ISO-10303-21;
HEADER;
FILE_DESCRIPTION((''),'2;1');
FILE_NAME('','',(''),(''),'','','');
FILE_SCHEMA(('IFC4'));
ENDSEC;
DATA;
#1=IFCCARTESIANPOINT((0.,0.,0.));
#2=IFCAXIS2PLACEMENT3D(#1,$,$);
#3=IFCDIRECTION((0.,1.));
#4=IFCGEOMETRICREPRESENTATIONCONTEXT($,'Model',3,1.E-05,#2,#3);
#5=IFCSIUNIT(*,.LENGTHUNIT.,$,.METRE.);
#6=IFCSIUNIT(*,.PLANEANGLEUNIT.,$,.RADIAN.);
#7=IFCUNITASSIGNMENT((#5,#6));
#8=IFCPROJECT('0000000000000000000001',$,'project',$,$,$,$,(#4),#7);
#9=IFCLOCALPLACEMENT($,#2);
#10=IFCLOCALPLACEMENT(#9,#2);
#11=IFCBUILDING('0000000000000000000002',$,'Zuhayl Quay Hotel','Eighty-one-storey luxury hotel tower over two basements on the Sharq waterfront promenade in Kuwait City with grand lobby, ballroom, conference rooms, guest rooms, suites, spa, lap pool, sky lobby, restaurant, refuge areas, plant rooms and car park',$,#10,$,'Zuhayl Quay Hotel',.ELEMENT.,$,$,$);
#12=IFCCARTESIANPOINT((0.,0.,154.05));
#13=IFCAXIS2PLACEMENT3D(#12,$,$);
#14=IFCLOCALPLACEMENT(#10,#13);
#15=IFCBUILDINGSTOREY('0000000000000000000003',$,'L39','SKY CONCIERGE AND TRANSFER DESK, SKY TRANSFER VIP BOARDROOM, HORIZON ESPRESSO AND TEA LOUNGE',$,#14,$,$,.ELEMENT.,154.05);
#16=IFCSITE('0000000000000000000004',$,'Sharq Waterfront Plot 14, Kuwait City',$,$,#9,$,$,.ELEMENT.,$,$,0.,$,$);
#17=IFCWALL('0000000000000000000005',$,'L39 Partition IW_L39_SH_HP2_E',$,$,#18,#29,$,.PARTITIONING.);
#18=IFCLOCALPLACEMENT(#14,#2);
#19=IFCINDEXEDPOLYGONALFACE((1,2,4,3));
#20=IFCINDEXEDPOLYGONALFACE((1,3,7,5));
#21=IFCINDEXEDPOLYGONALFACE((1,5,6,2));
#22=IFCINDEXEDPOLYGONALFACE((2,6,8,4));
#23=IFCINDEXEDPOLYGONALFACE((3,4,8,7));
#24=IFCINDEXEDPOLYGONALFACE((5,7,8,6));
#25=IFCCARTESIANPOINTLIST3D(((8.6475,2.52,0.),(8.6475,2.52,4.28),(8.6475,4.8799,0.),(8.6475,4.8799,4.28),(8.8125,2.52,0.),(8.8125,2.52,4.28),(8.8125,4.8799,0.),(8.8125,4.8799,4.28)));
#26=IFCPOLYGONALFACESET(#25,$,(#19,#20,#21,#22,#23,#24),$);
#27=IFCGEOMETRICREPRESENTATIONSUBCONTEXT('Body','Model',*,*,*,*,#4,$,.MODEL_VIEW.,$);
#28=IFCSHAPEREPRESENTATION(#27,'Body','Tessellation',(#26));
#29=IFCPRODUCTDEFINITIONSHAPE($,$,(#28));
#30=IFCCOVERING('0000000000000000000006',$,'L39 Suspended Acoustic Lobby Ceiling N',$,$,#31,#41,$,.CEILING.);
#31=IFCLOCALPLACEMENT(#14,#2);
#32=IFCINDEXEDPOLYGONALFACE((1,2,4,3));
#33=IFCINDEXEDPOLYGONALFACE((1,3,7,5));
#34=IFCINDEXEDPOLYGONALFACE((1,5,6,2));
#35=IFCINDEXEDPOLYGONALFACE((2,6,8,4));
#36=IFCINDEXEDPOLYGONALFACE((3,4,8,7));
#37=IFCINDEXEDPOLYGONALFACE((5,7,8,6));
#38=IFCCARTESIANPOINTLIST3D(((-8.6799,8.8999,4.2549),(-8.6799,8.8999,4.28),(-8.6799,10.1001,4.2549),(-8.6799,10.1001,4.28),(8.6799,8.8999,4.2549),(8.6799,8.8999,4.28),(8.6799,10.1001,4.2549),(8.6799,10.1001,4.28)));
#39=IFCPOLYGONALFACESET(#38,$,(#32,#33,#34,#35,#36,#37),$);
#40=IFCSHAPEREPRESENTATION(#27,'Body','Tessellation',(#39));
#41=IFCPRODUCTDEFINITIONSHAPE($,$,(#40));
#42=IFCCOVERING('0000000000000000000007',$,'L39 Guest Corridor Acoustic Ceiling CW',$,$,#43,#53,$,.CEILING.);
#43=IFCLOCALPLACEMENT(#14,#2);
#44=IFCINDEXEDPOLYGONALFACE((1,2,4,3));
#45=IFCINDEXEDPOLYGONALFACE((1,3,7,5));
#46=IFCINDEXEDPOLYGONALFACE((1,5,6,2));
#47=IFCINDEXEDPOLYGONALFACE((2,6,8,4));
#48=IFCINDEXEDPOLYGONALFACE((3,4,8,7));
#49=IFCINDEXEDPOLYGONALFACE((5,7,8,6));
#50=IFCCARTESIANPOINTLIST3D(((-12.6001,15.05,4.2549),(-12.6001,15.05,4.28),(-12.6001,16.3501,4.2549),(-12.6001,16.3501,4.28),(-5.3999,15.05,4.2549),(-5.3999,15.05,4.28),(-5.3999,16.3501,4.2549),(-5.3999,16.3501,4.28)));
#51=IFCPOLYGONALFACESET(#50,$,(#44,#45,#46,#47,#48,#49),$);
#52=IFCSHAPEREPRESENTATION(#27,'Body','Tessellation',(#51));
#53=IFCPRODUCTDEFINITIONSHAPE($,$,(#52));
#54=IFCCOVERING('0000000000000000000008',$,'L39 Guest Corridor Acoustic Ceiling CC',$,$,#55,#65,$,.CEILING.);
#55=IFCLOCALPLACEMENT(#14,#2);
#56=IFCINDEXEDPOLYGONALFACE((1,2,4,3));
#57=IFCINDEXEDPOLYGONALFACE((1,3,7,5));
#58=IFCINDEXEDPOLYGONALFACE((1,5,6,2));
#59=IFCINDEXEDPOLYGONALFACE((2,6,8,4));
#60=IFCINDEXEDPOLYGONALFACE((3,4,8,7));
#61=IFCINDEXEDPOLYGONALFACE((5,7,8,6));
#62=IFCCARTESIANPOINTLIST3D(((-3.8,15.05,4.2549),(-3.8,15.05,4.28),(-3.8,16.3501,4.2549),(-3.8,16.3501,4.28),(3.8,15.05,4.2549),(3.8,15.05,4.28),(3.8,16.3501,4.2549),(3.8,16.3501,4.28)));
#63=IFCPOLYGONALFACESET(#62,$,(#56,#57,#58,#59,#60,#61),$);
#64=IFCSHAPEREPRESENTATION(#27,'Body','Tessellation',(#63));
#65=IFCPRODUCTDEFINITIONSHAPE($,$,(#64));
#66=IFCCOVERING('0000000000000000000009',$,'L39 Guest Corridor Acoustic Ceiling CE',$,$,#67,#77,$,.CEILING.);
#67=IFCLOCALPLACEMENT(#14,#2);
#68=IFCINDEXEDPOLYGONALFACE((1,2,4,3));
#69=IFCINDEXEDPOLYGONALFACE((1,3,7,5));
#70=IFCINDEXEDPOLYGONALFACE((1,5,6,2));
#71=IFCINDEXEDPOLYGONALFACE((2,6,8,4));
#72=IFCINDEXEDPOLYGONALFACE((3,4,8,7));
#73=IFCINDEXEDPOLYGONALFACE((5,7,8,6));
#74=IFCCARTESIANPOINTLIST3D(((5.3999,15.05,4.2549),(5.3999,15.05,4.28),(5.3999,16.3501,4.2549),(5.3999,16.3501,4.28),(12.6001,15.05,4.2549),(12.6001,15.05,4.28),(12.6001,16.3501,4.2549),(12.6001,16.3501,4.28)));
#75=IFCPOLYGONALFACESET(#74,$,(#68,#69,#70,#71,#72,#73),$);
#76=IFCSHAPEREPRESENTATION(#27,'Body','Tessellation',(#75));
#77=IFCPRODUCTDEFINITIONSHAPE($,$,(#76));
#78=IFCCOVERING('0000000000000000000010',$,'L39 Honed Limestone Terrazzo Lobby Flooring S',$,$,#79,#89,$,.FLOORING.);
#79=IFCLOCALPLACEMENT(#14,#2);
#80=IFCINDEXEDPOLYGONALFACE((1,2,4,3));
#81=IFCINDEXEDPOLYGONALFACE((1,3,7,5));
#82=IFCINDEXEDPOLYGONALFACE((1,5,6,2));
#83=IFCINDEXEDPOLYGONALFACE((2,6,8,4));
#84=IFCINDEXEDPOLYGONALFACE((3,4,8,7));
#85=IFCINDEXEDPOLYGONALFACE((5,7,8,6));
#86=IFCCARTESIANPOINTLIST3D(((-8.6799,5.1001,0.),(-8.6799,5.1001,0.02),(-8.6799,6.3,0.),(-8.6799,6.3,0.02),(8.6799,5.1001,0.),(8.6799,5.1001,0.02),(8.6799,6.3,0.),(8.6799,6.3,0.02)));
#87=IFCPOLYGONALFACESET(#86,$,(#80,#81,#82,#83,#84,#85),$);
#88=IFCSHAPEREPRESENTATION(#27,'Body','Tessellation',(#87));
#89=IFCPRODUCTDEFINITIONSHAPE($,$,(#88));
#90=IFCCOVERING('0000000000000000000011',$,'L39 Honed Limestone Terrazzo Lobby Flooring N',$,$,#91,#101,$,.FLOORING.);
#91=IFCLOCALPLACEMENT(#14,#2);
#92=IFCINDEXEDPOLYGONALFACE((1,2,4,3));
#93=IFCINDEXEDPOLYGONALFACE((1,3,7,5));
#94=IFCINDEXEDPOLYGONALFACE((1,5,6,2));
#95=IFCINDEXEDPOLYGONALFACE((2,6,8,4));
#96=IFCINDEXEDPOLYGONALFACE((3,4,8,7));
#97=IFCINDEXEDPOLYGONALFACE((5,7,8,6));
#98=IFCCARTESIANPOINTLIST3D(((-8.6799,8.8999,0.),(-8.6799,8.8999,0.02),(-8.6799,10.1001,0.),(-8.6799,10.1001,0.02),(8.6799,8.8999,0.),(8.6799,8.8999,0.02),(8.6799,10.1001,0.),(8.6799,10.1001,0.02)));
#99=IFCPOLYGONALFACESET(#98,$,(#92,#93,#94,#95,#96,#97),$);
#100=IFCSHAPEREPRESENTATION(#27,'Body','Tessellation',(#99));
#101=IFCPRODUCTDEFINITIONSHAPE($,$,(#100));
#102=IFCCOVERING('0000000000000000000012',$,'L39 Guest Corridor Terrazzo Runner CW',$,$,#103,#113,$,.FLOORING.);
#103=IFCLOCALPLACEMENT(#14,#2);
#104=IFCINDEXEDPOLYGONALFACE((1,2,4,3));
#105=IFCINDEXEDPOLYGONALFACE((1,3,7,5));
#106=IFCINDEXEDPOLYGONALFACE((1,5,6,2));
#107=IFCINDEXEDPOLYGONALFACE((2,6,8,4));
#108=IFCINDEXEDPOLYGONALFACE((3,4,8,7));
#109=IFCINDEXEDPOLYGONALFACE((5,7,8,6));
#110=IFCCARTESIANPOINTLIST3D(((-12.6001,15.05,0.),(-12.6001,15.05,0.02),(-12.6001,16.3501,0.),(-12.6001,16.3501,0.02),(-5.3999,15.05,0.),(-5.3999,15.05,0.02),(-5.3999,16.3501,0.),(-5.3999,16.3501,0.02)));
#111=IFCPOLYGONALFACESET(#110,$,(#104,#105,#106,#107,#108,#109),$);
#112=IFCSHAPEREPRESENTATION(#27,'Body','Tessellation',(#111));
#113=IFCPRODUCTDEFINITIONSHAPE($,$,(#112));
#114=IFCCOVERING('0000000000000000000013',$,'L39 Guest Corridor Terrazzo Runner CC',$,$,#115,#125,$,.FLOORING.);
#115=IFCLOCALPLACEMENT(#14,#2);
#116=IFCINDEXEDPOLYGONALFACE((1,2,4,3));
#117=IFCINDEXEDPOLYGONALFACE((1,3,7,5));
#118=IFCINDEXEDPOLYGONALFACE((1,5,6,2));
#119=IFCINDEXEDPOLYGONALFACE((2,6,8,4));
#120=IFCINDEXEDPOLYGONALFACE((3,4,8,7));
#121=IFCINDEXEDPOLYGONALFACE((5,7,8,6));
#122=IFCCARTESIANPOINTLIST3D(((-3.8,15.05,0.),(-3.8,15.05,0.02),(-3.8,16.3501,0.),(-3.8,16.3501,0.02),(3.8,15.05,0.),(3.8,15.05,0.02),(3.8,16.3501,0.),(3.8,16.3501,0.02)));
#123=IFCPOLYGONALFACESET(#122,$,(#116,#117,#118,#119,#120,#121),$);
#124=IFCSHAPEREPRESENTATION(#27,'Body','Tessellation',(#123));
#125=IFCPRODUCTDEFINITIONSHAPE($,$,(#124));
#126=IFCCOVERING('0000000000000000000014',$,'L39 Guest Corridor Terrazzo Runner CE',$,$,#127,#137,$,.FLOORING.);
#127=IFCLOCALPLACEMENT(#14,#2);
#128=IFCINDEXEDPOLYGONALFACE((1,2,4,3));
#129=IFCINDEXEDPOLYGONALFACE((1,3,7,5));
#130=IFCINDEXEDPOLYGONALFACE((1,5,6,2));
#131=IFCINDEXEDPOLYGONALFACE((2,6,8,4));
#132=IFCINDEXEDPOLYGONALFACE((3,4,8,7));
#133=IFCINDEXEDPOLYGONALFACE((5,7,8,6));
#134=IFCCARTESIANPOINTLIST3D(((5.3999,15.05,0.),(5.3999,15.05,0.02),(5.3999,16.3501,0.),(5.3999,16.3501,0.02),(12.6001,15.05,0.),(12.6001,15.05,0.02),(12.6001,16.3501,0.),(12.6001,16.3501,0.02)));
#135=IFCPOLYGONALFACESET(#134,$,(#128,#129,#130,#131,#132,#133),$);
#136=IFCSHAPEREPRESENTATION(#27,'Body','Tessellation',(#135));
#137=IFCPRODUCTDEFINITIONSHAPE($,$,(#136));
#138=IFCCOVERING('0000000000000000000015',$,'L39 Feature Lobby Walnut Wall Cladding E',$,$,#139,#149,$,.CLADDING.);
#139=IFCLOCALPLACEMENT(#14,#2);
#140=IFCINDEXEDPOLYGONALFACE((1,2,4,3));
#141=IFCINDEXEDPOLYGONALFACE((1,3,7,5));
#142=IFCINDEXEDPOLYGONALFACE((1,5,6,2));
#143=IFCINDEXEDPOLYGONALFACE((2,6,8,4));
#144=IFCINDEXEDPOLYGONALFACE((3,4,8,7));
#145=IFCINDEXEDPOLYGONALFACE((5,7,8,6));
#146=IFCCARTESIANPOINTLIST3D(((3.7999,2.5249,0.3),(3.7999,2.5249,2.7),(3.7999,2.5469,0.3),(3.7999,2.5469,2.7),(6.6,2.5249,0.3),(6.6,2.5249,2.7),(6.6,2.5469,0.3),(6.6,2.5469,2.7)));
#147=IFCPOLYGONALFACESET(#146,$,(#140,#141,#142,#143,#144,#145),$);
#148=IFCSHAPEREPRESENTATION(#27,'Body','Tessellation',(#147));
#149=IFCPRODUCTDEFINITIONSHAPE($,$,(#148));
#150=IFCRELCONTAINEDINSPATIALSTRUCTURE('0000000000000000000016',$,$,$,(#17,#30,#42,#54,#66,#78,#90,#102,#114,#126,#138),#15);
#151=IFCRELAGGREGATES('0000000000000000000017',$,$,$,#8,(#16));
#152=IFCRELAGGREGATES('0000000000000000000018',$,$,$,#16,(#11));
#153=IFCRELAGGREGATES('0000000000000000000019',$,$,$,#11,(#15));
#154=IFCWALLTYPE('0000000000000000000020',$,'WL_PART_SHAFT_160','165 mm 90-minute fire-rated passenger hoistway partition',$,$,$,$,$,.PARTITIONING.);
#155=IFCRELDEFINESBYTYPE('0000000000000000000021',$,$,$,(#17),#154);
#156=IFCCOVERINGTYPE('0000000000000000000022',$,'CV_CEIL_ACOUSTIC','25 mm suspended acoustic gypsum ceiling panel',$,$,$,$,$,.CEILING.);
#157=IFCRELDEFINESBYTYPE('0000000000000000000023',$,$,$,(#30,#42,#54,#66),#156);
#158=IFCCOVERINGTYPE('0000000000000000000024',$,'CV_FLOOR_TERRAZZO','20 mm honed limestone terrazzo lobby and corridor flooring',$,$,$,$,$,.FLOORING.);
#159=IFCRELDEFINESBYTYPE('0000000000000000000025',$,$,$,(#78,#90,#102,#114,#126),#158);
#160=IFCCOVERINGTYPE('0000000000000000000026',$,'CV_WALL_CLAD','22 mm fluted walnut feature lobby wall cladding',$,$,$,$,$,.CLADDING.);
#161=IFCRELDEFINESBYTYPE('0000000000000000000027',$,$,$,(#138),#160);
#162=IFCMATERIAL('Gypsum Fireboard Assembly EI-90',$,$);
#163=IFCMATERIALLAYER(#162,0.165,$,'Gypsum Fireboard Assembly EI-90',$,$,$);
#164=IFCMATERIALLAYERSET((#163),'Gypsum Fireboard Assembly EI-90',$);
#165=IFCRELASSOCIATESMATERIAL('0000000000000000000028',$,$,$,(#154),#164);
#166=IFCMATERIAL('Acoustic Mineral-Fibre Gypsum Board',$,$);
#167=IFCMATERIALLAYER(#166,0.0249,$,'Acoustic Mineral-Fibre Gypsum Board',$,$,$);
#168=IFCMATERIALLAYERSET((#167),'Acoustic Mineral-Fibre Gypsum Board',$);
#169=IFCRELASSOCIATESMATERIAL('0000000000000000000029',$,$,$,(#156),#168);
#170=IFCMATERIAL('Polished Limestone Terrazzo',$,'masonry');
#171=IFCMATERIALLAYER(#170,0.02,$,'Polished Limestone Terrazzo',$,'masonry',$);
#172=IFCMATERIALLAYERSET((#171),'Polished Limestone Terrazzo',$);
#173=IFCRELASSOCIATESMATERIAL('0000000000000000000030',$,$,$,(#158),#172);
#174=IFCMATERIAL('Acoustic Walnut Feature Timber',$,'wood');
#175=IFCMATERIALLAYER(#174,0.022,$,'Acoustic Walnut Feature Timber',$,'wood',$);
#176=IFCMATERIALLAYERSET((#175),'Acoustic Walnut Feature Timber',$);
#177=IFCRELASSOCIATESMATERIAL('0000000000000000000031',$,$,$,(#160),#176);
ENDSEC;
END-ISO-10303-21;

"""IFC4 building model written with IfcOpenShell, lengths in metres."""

from ifc_helpers import new_model, si_unit, direction, frame, frame_2d, origin, origin_2d, place, context, subcontext, project, spatial, polyline, rectangle, outline, extrude, material, layer, layer_set, type_object, element, save


model = new_model("IFC4")

# Units and contexts
model_context = context("Model", 3, precision=1e-05, world=origin(), true_north=direction((0.0, 1.0)))
body_context = subcontext(model_context, "Body", "Model", "MODEL_VIEW")
ifc_project = project(units=[si_unit("LENGTHUNIT", "METRE"), si_unit("PLANEANGLEUNIT", "RADIAN")], contexts=[model_context])

# Site, building, storey
site_placement = place(None, origin())
site = spatial("IfcSite", under=ifc_project, at=site_placement, Name="Sharq Waterfront Plot 14, Kuwait City", CompositionType="ELEMENT", RefElevation=0.0)
building_placement = place(site_placement, origin())
building = spatial("IfcBuilding", under=site, at=building_placement, Name="Zuhayl Quay Hotel", Description="Eighty-one-storey luxury hotel tower over two basements on the Sharq waterfront promenade in Kuwait City with grand lobby, ballroom, conference rooms, guest rooms, suites, spa, lap pool, sky lobby, restaurant, refuge areas, plant rooms and car park", LongName="Zuhayl Quay Hotel", CompositionType="ELEMENT")
storey_placement = place(building_placement, frame((0.0, 0.0, 154.05)))
storey = spatial("IfcBuildingStorey", under=building, at=storey_placement, Name="L39", Description="SKY CONCIERGE AND TRANSFER DESK, SKY TRANSFER VIP BOARDROOM, HORIZON ESPRESSO AND TEA LOUNGE", CompositionType="ELEMENT", Elevation=154.05)

# Shared definitions
ifc_material_1 = material(Name="Gypsum Fireboard Assembly EI-90")
ifc_layer_1 = layer(ifc_material_1, 0.165, Name="Gypsum Fireboard Assembly EI-90")
ifc_layer_set_1 = layer_set([ifc_layer_1], Name="Gypsum Fireboard Assembly EI-90")
wall_type_1 = type_object("IfcWallType", Name="WL_PART_SHAFT_160", Description="165 mm 90-minute fire-rated passenger hoistway partition", PredefinedType="PARTITIONING", material=ifc_layer_set_1)

# Wall
for number, where, z_axis, x_axis, name in (
    (1, (8.73, 2.52, 0.0), (0.0, 0.0, 1.0), (0.0, 1.0, 0.0), "L39 Partition IW_L39_SH_HP2_E"),
):
    element("IfcWall", number, at=place(storey_placement, frame(where, z_axis=z_axis, x_axis=x_axis)), inside=storey, type_object=wall_type_1, Name=name, PredefinedType="PARTITIONING", context=body_context, shape_type="SweptSolid", body=[
        extrude(rectangle(XDim=2.3599, YDim=0.165, at=frame_2d((1.1799, 0.0))), origin(), (0.0, 0.0, 1.0), 4.28),
    ])

# Coverings
ifc_material_2 = material(Name="Acoustic Mineral-Fibre Gypsum Board")
ifc_layer_2 = layer(ifc_material_2, 0.0249, Name="Acoustic Mineral-Fibre Gypsum Board")
ifc_layer_set_2 = layer_set([ifc_layer_2], Name="Acoustic Mineral-Fibre Gypsum Board")
covering_type_1 = type_object("IfcCoveringType", Name="CV_CEIL_ACOUSTIC", Description="25 mm suspended acoustic gypsum ceiling panel", PredefinedType="CEILING", material=ifc_layer_set_2)
covering_1_placement = place(storey_placement, frame((0.0, 0.0, 4.2549)))
element("IfcCovering", 2, at=covering_1_placement, inside=storey, type_object=covering_type_1, Name="L39 Suspended Acoustic Lobby Ceiling N", PredefinedType="CEILING", context=body_context, shape_type="SweptSolid", body=[
    extrude(outline(polyline([(-8.6799, 8.8999), (8.6799, 8.8999), (8.6799, 10.1001), (-8.6799, 10.1001), (-8.6799, 8.8999)])), origin(), (0.0, 0.0, 1.0), 0.0251),
])
covering_2_placement = place(storey_placement, frame((0.0, 0.0, 4.2549)))
element("IfcCovering", 3, at=covering_2_placement, inside=storey, type_object=covering_type_1, Name="L39 Guest Corridor Acoustic Ceiling CW", PredefinedType="CEILING", context=body_context, shape_type="SweptSolid", body=[
    extrude(outline(polyline([(-12.6001, 15.05), (-5.3999, 15.05), (-5.3999, 16.3501), (-12.6001, 16.3501), (-12.6001, 15.05)])), origin(), (0.0, 0.0, 1.0), 0.0251),
])
covering_3_placement = place(storey_placement, frame((0.0, 0.0, 4.2549)))
element("IfcCovering", 4, at=covering_3_placement, inside=storey, type_object=covering_type_1, Name="L39 Guest Corridor Acoustic Ceiling CC", PredefinedType="CEILING", context=body_context, shape_type="SweptSolid", body=[
    extrude(outline(polyline([(-3.8, 15.05), (3.8, 15.05), (3.8, 16.3501), (-3.8, 16.3501), (-3.8, 15.05)])), origin(), (0.0, 0.0, 1.0), 0.0251),
])
covering_4_placement = place(storey_placement, frame((0.0, 0.0, 4.2549)))
element("IfcCovering", 5, at=covering_4_placement, inside=storey, type_object=covering_type_1, Name="L39 Guest Corridor Acoustic Ceiling CE", PredefinedType="CEILING", context=body_context, shape_type="SweptSolid", body=[
    extrude(outline(polyline([(5.3999, 15.05), (12.6001, 15.05), (12.6001, 16.3501), (5.3999, 16.3501), (5.3999, 15.05)])), origin(), (0.0, 0.0, 1.0), 0.0251),
])
ifc_material_3 = material(Name="Polished Limestone Terrazzo", Category="masonry")
ifc_layer_3 = layer(ifc_material_3, 0.02, Name="Polished Limestone Terrazzo", Category="masonry")
ifc_layer_set_3 = layer_set([ifc_layer_3], Name="Polished Limestone Terrazzo")
covering_type_2 = type_object("IfcCoveringType", Name="CV_FLOOR_TERRAZZO", Description="20 mm honed limestone terrazzo lobby and corridor flooring", PredefinedType="FLOORING", material=ifc_layer_set_3)
covering_5_placement = place(storey_placement, origin())
element("IfcCovering", 6, at=covering_5_placement, inside=storey, type_object=covering_type_2, Name="L39 Honed Limestone Terrazzo Lobby Flooring S", PredefinedType="FLOORING", context=body_context, shape_type="SweptSolid", body=[
    extrude(outline(polyline([(-8.6799, 5.1001), (8.6799, 5.1001), (8.6799, 6.3), (-8.6799, 6.3), (-8.6799, 5.1001)])), origin(), (0.0, 0.0, 1.0), 0.02),
])
covering_6_placement = place(storey_placement, origin())
element("IfcCovering", 7, at=covering_6_placement, inside=storey, type_object=covering_type_2, Name="L39 Honed Limestone Terrazzo Lobby Flooring N", PredefinedType="FLOORING", context=body_context, shape_type="SweptSolid", body=[
    extrude(outline(polyline([(-8.6799, 8.8999), (8.6799, 8.8999), (8.6799, 10.1001), (-8.6799, 10.1001), (-8.6799, 8.8999)])), origin(), (0.0, 0.0, 1.0), 0.02),
])
covering_7_placement = place(storey_placement, origin())
element("IfcCovering", 8, at=covering_7_placement, inside=storey, type_object=covering_type_2, Name="L39 Guest Corridor Terrazzo Runner CW", PredefinedType="FLOORING", context=body_context, shape_type="SweptSolid", body=[
    extrude(outline(polyline([(-12.6001, 15.05), (-5.3999, 15.05), (-5.3999, 16.3501), (-12.6001, 16.3501), (-12.6001, 15.05)])), origin(), (0.0, 0.0, 1.0), 0.02),
])
covering_8_placement = place(storey_placement, origin())
element("IfcCovering", 9, at=covering_8_placement, inside=storey, type_object=covering_type_2, Name="L39 Guest Corridor Terrazzo Runner CC", PredefinedType="FLOORING", context=body_context, shape_type="SweptSolid", body=[
    extrude(outline(polyline([(-3.8, 15.05), (3.8, 15.05), (3.8, 16.3501), (-3.8, 16.3501), (-3.8, 15.05)])), origin(), (0.0, 0.0, 1.0), 0.02),
])
covering_9_placement = place(storey_placement, origin())
element("IfcCovering", 10, at=covering_9_placement, inside=storey, type_object=covering_type_2, Name="L39 Guest Corridor Terrazzo Runner CE", PredefinedType="FLOORING", context=body_context, shape_type="SweptSolid", body=[
    extrude(outline(polyline([(5.3999, 15.05), (12.6001, 15.05), (12.6001, 16.3501), (5.3999, 16.3501), (5.3999, 15.05)])), origin(), (0.0, 0.0, 1.0), 0.02),
])
ifc_material_4 = material(Name="Acoustic Walnut Feature Timber", Category="wood")
ifc_layer_4 = layer(ifc_material_4, 0.022, Name="Acoustic Walnut Feature Timber", Category="wood")
ifc_layer_set_4 = layer_set([ifc_layer_4], Name="Acoustic Walnut Feature Timber")
covering_type_3 = type_object("IfcCoveringType", Name="CV_WALL_CLAD", Description="22 mm fluted walnut feature lobby wall cladding", PredefinedType="CLADDING", material=ifc_layer_set_4)
covering_10_placement = place(storey_placement, frame((5.2, 2.5359, 0.3), z_axis=(0.0, 0.0, 1.0), x_axis=(1.0, 0.0, 0.0)))
element("IfcCovering", 11, at=covering_10_placement, inside=storey, type_object=covering_type_3, Name="L39 Feature Lobby Walnut Wall Cladding E", PredefinedType="CLADDING", context=body_context, shape_type="SweptSolid", body=[
    extrude(rectangle(XDim=2.8, YDim=0.022, at=origin_2d()), origin(), (0.0, 0.0, 1.0), 2.3999),
])

save(model, "model.ifc")
